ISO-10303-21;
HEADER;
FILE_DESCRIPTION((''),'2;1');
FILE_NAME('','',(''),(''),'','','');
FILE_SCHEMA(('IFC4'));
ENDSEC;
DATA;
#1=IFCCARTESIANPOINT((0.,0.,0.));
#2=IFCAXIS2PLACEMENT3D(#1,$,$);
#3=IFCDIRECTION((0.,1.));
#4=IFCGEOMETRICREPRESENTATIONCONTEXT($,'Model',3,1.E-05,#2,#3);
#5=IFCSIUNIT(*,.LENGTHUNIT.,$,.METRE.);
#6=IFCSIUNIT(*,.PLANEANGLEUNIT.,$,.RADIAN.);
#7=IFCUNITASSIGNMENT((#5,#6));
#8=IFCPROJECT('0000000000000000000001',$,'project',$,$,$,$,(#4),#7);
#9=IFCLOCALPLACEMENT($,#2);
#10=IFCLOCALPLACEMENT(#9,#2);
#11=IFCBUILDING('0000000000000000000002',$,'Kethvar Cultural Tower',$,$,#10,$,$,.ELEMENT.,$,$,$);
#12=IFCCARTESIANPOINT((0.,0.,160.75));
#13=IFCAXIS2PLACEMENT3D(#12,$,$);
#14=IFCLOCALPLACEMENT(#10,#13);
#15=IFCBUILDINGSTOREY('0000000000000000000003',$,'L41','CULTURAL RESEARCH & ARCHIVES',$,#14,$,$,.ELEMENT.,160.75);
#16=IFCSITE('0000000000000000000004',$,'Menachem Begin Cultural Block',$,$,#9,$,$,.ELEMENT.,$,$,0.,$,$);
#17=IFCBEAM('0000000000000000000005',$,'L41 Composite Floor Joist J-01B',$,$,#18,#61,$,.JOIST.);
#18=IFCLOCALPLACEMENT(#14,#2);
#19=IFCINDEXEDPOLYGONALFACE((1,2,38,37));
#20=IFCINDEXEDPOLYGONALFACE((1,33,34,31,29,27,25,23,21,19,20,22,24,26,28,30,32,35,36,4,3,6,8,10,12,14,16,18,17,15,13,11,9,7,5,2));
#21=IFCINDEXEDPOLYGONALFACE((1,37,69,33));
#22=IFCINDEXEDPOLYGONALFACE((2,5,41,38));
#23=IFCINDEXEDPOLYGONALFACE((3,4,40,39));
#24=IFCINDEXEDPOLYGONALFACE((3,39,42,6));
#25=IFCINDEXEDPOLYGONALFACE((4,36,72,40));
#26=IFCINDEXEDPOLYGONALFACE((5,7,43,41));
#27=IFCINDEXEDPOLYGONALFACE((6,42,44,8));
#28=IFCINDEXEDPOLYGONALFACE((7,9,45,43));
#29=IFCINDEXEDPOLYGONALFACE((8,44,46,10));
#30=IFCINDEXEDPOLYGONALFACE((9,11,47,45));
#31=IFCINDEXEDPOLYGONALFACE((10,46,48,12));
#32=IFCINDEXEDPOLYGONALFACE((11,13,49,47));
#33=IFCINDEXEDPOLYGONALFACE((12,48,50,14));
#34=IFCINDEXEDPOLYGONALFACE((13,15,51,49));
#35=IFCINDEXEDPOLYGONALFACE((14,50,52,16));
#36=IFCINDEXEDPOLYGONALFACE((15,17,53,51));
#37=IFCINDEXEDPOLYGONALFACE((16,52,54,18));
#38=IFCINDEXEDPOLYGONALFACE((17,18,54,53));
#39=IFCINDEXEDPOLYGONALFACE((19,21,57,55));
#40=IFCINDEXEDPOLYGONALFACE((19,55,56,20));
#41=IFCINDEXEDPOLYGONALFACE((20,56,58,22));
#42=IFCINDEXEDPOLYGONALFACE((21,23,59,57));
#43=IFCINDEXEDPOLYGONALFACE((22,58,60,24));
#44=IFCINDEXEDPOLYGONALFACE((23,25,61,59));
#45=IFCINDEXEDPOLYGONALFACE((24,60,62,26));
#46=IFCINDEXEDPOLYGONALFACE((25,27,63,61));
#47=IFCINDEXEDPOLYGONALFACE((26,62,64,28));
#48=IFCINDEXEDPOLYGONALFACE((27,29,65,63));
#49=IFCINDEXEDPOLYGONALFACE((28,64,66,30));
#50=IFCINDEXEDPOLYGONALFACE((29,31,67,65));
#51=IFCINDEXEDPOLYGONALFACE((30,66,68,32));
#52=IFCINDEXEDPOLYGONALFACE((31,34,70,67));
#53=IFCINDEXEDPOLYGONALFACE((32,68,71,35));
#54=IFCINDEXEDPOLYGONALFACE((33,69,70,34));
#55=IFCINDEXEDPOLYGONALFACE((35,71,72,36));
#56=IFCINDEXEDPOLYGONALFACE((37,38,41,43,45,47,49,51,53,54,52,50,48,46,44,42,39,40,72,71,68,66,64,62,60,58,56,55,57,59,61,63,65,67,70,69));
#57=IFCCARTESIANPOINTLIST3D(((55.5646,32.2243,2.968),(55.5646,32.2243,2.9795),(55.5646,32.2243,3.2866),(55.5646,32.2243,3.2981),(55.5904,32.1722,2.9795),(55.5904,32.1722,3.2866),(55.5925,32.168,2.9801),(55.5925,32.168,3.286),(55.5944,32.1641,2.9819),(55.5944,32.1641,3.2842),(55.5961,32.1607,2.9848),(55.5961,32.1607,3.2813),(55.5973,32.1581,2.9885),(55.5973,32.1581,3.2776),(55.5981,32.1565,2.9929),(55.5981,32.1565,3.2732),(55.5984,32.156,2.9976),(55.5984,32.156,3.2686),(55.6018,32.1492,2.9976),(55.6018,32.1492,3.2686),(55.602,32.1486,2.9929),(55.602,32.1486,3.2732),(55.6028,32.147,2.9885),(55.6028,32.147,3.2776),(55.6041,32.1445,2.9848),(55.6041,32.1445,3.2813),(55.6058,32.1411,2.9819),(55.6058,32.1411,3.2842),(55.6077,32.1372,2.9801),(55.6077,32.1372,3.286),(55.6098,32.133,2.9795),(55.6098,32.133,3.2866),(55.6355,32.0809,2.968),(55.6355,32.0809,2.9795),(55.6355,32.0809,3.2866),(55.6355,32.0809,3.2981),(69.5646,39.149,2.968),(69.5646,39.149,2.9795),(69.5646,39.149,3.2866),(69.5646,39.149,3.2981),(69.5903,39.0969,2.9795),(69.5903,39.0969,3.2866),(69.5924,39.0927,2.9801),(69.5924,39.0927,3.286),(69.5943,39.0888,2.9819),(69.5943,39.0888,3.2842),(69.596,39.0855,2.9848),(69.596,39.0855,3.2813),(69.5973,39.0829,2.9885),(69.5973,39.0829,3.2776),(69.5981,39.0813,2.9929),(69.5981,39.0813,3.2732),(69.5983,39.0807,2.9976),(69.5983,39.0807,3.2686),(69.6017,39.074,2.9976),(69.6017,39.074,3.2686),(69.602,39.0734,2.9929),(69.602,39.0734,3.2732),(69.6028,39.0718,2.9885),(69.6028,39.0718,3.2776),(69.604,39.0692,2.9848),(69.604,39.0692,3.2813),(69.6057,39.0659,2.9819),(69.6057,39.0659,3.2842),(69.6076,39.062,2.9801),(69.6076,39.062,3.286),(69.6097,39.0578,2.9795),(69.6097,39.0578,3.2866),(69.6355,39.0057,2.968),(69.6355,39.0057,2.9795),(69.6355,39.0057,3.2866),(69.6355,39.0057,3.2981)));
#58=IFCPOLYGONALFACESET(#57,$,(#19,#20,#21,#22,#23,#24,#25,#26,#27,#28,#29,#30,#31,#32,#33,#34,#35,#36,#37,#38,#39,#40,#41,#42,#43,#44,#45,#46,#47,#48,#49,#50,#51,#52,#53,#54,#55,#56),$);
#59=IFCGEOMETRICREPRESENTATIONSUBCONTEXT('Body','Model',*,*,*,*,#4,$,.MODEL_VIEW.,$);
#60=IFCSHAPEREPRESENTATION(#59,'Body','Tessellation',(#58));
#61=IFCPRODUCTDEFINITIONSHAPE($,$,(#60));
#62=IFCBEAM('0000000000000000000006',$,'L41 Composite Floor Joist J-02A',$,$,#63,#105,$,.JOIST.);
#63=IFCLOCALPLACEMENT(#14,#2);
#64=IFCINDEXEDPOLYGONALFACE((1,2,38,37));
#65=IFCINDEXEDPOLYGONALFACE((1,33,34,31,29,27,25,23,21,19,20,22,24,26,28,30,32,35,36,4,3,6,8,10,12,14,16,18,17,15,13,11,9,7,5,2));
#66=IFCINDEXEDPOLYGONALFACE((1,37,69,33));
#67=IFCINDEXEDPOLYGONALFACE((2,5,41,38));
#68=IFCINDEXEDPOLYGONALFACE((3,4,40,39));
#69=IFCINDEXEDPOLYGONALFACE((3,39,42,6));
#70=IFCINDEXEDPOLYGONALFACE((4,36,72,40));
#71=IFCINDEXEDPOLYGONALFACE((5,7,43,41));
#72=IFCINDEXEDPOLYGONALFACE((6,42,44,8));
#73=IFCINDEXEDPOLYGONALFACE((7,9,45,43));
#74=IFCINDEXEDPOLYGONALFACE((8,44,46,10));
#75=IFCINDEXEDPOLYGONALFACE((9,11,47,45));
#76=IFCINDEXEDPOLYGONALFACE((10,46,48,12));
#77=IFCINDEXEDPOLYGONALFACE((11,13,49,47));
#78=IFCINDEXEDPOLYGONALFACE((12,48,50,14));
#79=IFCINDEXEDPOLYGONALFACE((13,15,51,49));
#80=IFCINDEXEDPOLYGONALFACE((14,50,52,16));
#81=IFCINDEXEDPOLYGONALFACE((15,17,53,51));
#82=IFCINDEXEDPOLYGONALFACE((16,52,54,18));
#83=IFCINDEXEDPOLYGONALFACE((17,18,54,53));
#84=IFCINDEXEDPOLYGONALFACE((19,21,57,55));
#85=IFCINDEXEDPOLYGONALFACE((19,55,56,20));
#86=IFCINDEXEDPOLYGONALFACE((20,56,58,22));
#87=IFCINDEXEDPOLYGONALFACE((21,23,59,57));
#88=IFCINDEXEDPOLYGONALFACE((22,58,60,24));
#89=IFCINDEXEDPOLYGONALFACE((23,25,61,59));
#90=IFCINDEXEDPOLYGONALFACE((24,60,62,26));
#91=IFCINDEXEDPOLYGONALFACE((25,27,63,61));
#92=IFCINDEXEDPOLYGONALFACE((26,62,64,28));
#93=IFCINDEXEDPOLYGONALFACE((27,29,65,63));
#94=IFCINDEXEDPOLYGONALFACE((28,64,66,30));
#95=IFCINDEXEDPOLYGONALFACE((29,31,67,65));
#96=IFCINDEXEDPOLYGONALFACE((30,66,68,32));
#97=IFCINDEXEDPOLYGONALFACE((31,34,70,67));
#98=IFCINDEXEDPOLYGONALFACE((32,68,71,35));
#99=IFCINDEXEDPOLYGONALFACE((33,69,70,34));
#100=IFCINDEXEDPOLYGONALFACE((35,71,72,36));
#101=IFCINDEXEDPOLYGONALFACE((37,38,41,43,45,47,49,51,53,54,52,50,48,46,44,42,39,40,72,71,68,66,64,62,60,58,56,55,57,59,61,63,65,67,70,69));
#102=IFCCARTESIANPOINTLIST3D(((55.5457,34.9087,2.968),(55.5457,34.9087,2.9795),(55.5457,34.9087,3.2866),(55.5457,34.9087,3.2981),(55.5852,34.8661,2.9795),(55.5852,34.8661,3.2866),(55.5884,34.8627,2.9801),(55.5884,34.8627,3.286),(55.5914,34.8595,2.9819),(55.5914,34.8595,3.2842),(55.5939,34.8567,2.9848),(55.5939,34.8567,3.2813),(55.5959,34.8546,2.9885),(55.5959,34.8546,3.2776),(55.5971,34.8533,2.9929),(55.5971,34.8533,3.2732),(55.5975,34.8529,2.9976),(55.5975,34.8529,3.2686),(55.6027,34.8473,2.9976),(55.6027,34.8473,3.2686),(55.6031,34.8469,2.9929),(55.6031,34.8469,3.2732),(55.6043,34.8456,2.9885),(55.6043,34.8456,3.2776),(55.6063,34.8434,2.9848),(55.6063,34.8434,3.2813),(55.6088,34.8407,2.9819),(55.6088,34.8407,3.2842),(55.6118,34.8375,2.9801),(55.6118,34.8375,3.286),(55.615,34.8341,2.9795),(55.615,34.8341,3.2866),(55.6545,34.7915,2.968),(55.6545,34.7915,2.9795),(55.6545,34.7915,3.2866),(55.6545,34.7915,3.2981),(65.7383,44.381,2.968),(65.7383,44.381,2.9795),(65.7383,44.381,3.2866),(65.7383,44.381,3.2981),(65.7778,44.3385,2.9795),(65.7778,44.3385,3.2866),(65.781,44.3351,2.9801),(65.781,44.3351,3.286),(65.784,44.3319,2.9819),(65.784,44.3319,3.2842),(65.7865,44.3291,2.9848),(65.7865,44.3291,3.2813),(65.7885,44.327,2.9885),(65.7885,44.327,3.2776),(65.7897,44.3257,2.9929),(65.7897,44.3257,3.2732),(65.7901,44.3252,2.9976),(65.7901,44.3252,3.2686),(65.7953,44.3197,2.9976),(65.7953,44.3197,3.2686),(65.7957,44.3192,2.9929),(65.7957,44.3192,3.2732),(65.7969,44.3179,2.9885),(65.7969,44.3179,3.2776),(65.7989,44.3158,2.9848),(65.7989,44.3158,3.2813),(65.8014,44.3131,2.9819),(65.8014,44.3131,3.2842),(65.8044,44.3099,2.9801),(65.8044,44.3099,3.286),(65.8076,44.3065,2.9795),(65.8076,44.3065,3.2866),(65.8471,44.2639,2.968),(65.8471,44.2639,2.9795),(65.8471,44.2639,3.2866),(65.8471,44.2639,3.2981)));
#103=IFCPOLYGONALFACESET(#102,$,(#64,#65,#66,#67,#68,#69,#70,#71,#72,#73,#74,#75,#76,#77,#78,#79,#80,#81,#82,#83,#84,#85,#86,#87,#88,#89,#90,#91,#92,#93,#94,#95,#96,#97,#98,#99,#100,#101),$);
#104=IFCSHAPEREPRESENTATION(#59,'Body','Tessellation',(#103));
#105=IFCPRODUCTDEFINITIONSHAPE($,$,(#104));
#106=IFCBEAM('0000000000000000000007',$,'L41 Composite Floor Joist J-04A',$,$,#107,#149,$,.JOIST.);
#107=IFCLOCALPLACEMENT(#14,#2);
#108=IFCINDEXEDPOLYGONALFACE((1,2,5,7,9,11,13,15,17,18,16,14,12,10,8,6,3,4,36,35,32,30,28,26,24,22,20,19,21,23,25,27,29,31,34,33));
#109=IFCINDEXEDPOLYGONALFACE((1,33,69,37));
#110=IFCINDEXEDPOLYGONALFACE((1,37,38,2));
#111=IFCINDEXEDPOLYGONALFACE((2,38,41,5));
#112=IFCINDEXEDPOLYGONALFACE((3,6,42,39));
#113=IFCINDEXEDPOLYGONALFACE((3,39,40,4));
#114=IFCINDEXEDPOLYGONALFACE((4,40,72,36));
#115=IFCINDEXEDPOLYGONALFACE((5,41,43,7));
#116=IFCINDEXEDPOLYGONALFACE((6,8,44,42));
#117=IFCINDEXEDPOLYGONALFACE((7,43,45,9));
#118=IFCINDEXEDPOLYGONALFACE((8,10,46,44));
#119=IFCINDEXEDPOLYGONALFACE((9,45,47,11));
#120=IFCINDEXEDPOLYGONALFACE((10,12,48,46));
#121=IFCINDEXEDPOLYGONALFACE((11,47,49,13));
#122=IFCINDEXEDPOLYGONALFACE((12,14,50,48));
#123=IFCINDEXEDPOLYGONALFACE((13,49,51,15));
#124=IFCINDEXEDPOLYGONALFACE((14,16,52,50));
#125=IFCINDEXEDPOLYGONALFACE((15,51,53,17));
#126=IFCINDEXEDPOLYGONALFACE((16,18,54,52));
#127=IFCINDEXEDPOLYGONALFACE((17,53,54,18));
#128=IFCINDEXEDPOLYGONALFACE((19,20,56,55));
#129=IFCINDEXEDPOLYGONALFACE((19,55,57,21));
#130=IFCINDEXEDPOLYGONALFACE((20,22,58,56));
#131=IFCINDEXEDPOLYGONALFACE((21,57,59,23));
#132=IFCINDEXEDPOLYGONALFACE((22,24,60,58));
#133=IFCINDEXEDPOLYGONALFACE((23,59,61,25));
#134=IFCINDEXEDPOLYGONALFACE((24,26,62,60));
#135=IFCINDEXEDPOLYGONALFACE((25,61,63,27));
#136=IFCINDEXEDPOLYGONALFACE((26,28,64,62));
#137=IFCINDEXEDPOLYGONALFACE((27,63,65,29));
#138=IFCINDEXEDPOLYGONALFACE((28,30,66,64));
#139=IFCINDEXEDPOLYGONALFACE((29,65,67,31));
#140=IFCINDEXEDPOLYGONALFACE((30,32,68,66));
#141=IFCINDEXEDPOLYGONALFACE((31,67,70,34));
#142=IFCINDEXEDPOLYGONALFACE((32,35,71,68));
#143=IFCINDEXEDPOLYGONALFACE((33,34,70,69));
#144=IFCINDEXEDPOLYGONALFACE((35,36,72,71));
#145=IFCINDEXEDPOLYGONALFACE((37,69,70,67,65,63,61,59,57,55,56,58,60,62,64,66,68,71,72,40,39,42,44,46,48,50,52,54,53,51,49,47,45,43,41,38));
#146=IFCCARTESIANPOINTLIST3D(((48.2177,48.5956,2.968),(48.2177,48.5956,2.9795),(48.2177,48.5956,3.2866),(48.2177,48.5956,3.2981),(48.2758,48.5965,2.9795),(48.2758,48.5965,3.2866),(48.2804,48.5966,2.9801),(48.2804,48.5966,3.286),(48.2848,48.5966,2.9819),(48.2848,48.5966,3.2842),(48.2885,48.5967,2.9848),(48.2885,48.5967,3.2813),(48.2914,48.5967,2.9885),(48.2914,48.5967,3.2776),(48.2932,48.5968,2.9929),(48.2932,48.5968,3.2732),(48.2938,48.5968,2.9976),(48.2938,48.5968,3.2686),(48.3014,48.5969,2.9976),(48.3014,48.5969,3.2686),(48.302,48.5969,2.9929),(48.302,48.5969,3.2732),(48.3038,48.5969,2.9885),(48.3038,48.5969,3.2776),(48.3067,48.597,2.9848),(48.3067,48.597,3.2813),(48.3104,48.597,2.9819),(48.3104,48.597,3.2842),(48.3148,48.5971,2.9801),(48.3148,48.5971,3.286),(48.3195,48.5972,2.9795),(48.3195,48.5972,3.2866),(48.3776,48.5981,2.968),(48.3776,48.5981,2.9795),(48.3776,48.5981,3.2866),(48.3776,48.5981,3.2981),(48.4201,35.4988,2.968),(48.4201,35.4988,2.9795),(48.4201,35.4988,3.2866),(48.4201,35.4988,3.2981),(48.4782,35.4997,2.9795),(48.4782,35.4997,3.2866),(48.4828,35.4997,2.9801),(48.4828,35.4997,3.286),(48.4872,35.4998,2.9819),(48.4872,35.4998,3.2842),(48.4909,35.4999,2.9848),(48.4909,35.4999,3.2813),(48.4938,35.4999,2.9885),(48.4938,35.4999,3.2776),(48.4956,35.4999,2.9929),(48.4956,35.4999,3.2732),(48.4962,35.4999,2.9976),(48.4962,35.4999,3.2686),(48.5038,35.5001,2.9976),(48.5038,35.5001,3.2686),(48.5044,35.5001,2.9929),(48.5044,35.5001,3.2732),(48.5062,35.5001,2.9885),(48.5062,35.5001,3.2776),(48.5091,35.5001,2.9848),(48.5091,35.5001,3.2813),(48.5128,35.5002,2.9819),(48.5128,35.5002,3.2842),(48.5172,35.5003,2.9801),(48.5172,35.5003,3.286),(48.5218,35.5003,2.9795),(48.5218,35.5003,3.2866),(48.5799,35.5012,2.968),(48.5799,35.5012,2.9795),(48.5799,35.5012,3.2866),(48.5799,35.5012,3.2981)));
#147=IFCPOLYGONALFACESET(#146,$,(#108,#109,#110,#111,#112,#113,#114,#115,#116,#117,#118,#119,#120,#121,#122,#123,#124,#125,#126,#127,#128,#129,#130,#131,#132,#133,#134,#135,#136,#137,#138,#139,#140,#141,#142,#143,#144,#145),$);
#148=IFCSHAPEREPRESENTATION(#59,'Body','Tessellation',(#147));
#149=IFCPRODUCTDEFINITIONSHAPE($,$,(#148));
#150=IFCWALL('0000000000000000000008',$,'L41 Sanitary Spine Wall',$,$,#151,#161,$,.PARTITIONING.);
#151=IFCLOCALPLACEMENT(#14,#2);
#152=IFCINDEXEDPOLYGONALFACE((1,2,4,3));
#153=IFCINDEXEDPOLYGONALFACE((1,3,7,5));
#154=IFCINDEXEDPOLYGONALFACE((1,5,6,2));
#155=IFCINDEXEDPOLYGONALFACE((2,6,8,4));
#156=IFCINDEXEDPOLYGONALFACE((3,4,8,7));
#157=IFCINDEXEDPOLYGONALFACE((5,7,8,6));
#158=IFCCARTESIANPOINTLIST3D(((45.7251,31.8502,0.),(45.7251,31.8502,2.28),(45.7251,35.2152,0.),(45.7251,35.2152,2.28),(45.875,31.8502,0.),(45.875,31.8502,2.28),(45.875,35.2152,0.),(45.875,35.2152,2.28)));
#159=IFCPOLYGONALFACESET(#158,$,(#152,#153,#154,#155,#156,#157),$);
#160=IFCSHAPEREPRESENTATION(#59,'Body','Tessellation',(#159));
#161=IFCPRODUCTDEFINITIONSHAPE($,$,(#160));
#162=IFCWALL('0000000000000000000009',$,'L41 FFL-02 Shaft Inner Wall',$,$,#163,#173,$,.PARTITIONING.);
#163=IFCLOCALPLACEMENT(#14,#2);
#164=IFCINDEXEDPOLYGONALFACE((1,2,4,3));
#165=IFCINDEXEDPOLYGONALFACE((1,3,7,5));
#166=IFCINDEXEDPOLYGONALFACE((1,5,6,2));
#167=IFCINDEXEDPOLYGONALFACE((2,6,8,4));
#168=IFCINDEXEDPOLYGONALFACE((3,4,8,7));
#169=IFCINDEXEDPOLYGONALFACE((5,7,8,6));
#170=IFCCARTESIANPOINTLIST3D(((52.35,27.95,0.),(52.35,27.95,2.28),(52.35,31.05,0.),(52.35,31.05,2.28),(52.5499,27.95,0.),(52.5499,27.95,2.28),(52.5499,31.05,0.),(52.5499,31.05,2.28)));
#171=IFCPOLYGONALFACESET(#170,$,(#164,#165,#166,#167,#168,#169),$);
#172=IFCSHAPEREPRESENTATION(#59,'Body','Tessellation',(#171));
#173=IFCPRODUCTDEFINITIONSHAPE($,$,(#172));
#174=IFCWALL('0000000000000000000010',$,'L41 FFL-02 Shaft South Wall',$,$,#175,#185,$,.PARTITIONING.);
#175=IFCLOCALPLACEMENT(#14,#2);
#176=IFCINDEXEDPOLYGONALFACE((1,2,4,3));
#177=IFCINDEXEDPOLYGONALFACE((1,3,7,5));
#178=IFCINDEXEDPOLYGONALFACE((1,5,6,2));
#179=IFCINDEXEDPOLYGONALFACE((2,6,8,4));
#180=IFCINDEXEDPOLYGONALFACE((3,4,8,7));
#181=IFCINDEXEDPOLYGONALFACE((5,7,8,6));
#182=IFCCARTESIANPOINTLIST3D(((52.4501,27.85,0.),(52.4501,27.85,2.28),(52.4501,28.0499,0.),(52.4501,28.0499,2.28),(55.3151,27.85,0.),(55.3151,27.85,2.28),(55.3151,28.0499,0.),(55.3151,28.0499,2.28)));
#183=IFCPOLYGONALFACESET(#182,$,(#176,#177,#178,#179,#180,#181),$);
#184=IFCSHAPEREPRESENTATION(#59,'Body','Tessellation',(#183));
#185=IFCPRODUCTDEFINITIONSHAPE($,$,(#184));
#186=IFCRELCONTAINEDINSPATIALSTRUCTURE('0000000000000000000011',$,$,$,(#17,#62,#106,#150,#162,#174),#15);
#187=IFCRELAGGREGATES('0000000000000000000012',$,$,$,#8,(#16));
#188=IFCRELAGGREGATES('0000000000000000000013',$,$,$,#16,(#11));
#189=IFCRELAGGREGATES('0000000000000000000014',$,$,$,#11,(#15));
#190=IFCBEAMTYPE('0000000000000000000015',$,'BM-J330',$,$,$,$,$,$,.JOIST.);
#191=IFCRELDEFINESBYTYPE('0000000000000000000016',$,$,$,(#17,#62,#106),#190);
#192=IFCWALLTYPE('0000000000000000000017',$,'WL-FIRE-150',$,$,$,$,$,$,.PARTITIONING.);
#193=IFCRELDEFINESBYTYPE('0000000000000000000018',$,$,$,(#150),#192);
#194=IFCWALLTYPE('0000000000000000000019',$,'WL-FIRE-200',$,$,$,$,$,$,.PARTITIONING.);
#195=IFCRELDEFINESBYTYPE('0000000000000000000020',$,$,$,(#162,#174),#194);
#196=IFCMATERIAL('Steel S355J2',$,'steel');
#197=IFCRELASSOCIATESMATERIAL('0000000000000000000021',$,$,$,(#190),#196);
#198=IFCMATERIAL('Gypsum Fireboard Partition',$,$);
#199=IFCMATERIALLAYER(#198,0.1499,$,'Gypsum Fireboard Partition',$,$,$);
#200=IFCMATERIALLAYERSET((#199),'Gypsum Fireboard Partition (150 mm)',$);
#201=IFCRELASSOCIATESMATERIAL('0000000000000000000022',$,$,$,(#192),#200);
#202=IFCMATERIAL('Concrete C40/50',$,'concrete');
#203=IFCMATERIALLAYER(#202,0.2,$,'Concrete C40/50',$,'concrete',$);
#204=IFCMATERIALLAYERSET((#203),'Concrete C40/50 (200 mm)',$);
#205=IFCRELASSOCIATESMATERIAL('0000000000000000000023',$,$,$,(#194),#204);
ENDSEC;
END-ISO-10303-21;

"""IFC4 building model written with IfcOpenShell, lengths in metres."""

from ifc_helpers import new_model, si_unit, direction, frame, frame_2d, origin, origin_2d, place, context, subcontext, project, spatial, rectangle, i_section, extrude, source, transform, mapped, material, layer, layer_set, material_profile, profile_set, type_object, element, save


model = new_model("IFC4")

# Units and contexts
model_context = context("Model", 3, precision=1e-05, world=origin(), true_north=direction((0.0, 1.0)))
body_context = subcontext(model_context, "Body", "Model", "MODEL_VIEW")
ifc_project = project(units=[si_unit("LENGTHUNIT", "METRE"), si_unit("PLANEANGLEUNIT", "RADIAN")], contexts=[model_context])

# Site, building, storey
site_placement = place(None, origin())
site = spatial("IfcSite", under=ifc_project, at=site_placement, Name="Menachem Begin Cultural Block", CompositionType="ELEMENT", RefElevation=0.0)
building_placement = place(site_placement, origin())
building = spatial("IfcBuilding", under=site, at=building_placement, Name="Kethvar Cultural Tower", CompositionType="ELEMENT")
storey_placement = place(building_placement, frame((0.0, 0.0, 160.75)))
storey = spatial("IfcBuildingStorey", under=building, at=storey_placement, Name="L41", Description="CULTURAL RESEARCH & ARCHIVES", CompositionType="ELEMENT", Elevation=160.75)

# Beams
ifc_material_1 = material(Name="Steel S355J2", Category="steel")
ifc_material_profile_1 = material_profile(ifc_material_1, i_section(OverallWidth=0.1599, OverallDepth=0.3301, WebThickness=0.0076, FlangeThickness=0.0115, FilletRadius=0.0181, at=origin_2d()), Name="Steel S355J2 — IPE330")
ifc_profile_set_1 = profile_set([ifc_material_profile_1], Name="Steel S355J2 — IPE330")
beam_type_1 = type_object("IfcBeamType", Name="BM-J330", PredefinedType="JOIST", material=ifc_profile_set_1)
shared_shape_1 = source(origin(), body_context, "Body", "SweptSolid", [
    extrude(i_section(OverallWidth=0.1599, OverallDepth=0.3301, WebThickness=0.0076, FlangeThickness=0.0115, FilletRadius=0.0181, at=origin_2d()), origin(), (0.0, 0.0, 1.0), 15.6189),
])
beam_1_placement = place(storey_placement, frame((55.6001, 32.1526, 3.1331), z_axis=(0.896345, 0.443358, 0.0), x_axis=(-0.443358, 0.896345, 0.0)))
element("IfcBeam", 1, at=beam_1_placement, inside=storey, type_object=beam_type_1, Name="L41 Composite Floor Joist J-01B", PredefinedType="JOIST", context=body_context, shape_type="MappedRepresentation", body=[
    mapped(shared_shape_1, transform((0.0, 0.0, 0.0), scale=1.0)),
])
shared_shape_2 = source(origin(), body_context, "Body", "SweptSolid", [
    extrude(i_section(OverallWidth=0.1599, OverallDepth=0.3301, WebThickness=0.0076, FlangeThickness=0.0115, FilletRadius=0.0181, at=origin_2d()), origin(), (0.0, 0.0, 1.0), 13.9146),
])
beam_2_placement = place(storey_placement, frame((55.6001, 34.8501, 3.1331), z_axis=(0.732513, 0.680753, 0.0), x_axis=(-0.680753, 0.732513, 0.0)))
element("IfcBeam", 2, at=beam_2_placement, inside=storey, type_object=beam_type_1, Name="L41 Composite Floor Joist J-02A", PredefinedType="JOIST", context=body_context, shape_type="MappedRepresentation", body=[
    mapped(shared_shape_2, transform((0.0, 0.0, 0.0), scale=1.0)),
])
shared_shape_3 = source(origin(), body_context, "Body", "SweptSolid", [
    extrude(i_section(OverallWidth=0.1599, OverallDepth=0.3301, WebThickness=0.0076, FlangeThickness=0.0115, FilletRadius=0.0181, at=origin_2d()), origin(), (0.0, 0.0, 1.0), 13.0984),
])
beam_3_placement = place(storey_placement, frame((48.5, 35.5, 3.1331), z_axis=(-0.015452, 0.999881, 0.0), x_axis=(-0.999881, -0.015452, 0.0)))
element("IfcBeam", 3, at=beam_3_placement, inside=storey, type_object=beam_type_1, Name="L41 Composite Floor Joist J-04A", PredefinedType="JOIST", context=body_context, shape_type="MappedRepresentation", body=[
    mapped(shared_shape_3, transform((0.0, 0.0, 0.0), scale=1.0)),
])

# Walls
ifc_material_2 = material(Name="Gypsum Fireboard Partition")
ifc_layer_1 = layer(ifc_material_2, 0.1499, Name="Gypsum Fireboard Partition")
ifc_layer_set_1 = layer_set([ifc_layer_1], Name="Gypsum Fireboard Partition (150 mm)")
wall_type_1 = type_object("IfcWallType", Name="WL-FIRE-150", PredefinedType="PARTITIONING", material=ifc_layer_set_1)
wall_1_placement = place(storey_placement, frame((45.8, 31.8501, 0.0), z_axis=(0.0, 0.0, 1.0), x_axis=(0.0, 1.0, 0.0)))
element("IfcWall", 4, at=wall_1_placement, inside=storey, type_object=wall_type_1, Name="L41 Sanitary Spine Wall", PredefinedType="PARTITIONING", context=body_context, shape_type="SweptSolid", body=[
    extrude(rectangle(XDim=3.365, YDim=0.1499, at=frame_2d((1.6826, 0.0))), origin(), (0.0, 0.0, 1.0), 2.28),
])
ifc_material_3 = material(Name="Concrete C40/50", Category="concrete")
ifc_layer_2 = layer(ifc_material_3, 0.2, Name="Concrete C40/50", Category="concrete")
ifc_layer_set_2 = layer_set([ifc_layer_2], Name="Concrete C40/50 (200 mm)")
wall_type_2 = type_object("IfcWallType", Name="WL-FIRE-200", PredefinedType="PARTITIONING", material=ifc_layer_set_2)
wall_2_placement = place(storey_placement, frame((52.45, 27.95, 0.0), z_axis=(0.0, 0.0, 1.0), x_axis=(0.0, 1.0, 0.0)))
element("IfcWall", 5, at=wall_2_placement, inside=storey, type_object=wall_type_2, Name="L41 FFL-02 Shaft Inner Wall", PredefinedType="PARTITIONING", context=body_context, shape_type="SweptSolid", body=[
    extrude(rectangle(XDim=3.1001, YDim=0.2, at=frame_2d((1.55, 0.0))), origin(), (0.0, 0.0, 1.0), 2.28),
])
for number, where, z_axis, x_axis, name in (
    (6, (52.45, 27.95, 0.0), (0.0, 0.0, 1.0), (1.0, 0.0, 0.0), "L41 FFL-02 Shaft South Wall"),
):
    element("IfcWall", number, at=place(storey_placement, frame(where, z_axis=z_axis, x_axis=x_axis)), inside=storey, type_object=wall_type_2, Name=name, PredefinedType="PARTITIONING", context=body_context, shape_type="SweptSolid", body=[
        extrude(rectangle(XDim=2.865, YDim=0.2, at=frame_2d((1.4326, 0.0))), origin(), (0.0, 0.0, 1.0), 2.28),
    ])

save(model, "model.ifc")
